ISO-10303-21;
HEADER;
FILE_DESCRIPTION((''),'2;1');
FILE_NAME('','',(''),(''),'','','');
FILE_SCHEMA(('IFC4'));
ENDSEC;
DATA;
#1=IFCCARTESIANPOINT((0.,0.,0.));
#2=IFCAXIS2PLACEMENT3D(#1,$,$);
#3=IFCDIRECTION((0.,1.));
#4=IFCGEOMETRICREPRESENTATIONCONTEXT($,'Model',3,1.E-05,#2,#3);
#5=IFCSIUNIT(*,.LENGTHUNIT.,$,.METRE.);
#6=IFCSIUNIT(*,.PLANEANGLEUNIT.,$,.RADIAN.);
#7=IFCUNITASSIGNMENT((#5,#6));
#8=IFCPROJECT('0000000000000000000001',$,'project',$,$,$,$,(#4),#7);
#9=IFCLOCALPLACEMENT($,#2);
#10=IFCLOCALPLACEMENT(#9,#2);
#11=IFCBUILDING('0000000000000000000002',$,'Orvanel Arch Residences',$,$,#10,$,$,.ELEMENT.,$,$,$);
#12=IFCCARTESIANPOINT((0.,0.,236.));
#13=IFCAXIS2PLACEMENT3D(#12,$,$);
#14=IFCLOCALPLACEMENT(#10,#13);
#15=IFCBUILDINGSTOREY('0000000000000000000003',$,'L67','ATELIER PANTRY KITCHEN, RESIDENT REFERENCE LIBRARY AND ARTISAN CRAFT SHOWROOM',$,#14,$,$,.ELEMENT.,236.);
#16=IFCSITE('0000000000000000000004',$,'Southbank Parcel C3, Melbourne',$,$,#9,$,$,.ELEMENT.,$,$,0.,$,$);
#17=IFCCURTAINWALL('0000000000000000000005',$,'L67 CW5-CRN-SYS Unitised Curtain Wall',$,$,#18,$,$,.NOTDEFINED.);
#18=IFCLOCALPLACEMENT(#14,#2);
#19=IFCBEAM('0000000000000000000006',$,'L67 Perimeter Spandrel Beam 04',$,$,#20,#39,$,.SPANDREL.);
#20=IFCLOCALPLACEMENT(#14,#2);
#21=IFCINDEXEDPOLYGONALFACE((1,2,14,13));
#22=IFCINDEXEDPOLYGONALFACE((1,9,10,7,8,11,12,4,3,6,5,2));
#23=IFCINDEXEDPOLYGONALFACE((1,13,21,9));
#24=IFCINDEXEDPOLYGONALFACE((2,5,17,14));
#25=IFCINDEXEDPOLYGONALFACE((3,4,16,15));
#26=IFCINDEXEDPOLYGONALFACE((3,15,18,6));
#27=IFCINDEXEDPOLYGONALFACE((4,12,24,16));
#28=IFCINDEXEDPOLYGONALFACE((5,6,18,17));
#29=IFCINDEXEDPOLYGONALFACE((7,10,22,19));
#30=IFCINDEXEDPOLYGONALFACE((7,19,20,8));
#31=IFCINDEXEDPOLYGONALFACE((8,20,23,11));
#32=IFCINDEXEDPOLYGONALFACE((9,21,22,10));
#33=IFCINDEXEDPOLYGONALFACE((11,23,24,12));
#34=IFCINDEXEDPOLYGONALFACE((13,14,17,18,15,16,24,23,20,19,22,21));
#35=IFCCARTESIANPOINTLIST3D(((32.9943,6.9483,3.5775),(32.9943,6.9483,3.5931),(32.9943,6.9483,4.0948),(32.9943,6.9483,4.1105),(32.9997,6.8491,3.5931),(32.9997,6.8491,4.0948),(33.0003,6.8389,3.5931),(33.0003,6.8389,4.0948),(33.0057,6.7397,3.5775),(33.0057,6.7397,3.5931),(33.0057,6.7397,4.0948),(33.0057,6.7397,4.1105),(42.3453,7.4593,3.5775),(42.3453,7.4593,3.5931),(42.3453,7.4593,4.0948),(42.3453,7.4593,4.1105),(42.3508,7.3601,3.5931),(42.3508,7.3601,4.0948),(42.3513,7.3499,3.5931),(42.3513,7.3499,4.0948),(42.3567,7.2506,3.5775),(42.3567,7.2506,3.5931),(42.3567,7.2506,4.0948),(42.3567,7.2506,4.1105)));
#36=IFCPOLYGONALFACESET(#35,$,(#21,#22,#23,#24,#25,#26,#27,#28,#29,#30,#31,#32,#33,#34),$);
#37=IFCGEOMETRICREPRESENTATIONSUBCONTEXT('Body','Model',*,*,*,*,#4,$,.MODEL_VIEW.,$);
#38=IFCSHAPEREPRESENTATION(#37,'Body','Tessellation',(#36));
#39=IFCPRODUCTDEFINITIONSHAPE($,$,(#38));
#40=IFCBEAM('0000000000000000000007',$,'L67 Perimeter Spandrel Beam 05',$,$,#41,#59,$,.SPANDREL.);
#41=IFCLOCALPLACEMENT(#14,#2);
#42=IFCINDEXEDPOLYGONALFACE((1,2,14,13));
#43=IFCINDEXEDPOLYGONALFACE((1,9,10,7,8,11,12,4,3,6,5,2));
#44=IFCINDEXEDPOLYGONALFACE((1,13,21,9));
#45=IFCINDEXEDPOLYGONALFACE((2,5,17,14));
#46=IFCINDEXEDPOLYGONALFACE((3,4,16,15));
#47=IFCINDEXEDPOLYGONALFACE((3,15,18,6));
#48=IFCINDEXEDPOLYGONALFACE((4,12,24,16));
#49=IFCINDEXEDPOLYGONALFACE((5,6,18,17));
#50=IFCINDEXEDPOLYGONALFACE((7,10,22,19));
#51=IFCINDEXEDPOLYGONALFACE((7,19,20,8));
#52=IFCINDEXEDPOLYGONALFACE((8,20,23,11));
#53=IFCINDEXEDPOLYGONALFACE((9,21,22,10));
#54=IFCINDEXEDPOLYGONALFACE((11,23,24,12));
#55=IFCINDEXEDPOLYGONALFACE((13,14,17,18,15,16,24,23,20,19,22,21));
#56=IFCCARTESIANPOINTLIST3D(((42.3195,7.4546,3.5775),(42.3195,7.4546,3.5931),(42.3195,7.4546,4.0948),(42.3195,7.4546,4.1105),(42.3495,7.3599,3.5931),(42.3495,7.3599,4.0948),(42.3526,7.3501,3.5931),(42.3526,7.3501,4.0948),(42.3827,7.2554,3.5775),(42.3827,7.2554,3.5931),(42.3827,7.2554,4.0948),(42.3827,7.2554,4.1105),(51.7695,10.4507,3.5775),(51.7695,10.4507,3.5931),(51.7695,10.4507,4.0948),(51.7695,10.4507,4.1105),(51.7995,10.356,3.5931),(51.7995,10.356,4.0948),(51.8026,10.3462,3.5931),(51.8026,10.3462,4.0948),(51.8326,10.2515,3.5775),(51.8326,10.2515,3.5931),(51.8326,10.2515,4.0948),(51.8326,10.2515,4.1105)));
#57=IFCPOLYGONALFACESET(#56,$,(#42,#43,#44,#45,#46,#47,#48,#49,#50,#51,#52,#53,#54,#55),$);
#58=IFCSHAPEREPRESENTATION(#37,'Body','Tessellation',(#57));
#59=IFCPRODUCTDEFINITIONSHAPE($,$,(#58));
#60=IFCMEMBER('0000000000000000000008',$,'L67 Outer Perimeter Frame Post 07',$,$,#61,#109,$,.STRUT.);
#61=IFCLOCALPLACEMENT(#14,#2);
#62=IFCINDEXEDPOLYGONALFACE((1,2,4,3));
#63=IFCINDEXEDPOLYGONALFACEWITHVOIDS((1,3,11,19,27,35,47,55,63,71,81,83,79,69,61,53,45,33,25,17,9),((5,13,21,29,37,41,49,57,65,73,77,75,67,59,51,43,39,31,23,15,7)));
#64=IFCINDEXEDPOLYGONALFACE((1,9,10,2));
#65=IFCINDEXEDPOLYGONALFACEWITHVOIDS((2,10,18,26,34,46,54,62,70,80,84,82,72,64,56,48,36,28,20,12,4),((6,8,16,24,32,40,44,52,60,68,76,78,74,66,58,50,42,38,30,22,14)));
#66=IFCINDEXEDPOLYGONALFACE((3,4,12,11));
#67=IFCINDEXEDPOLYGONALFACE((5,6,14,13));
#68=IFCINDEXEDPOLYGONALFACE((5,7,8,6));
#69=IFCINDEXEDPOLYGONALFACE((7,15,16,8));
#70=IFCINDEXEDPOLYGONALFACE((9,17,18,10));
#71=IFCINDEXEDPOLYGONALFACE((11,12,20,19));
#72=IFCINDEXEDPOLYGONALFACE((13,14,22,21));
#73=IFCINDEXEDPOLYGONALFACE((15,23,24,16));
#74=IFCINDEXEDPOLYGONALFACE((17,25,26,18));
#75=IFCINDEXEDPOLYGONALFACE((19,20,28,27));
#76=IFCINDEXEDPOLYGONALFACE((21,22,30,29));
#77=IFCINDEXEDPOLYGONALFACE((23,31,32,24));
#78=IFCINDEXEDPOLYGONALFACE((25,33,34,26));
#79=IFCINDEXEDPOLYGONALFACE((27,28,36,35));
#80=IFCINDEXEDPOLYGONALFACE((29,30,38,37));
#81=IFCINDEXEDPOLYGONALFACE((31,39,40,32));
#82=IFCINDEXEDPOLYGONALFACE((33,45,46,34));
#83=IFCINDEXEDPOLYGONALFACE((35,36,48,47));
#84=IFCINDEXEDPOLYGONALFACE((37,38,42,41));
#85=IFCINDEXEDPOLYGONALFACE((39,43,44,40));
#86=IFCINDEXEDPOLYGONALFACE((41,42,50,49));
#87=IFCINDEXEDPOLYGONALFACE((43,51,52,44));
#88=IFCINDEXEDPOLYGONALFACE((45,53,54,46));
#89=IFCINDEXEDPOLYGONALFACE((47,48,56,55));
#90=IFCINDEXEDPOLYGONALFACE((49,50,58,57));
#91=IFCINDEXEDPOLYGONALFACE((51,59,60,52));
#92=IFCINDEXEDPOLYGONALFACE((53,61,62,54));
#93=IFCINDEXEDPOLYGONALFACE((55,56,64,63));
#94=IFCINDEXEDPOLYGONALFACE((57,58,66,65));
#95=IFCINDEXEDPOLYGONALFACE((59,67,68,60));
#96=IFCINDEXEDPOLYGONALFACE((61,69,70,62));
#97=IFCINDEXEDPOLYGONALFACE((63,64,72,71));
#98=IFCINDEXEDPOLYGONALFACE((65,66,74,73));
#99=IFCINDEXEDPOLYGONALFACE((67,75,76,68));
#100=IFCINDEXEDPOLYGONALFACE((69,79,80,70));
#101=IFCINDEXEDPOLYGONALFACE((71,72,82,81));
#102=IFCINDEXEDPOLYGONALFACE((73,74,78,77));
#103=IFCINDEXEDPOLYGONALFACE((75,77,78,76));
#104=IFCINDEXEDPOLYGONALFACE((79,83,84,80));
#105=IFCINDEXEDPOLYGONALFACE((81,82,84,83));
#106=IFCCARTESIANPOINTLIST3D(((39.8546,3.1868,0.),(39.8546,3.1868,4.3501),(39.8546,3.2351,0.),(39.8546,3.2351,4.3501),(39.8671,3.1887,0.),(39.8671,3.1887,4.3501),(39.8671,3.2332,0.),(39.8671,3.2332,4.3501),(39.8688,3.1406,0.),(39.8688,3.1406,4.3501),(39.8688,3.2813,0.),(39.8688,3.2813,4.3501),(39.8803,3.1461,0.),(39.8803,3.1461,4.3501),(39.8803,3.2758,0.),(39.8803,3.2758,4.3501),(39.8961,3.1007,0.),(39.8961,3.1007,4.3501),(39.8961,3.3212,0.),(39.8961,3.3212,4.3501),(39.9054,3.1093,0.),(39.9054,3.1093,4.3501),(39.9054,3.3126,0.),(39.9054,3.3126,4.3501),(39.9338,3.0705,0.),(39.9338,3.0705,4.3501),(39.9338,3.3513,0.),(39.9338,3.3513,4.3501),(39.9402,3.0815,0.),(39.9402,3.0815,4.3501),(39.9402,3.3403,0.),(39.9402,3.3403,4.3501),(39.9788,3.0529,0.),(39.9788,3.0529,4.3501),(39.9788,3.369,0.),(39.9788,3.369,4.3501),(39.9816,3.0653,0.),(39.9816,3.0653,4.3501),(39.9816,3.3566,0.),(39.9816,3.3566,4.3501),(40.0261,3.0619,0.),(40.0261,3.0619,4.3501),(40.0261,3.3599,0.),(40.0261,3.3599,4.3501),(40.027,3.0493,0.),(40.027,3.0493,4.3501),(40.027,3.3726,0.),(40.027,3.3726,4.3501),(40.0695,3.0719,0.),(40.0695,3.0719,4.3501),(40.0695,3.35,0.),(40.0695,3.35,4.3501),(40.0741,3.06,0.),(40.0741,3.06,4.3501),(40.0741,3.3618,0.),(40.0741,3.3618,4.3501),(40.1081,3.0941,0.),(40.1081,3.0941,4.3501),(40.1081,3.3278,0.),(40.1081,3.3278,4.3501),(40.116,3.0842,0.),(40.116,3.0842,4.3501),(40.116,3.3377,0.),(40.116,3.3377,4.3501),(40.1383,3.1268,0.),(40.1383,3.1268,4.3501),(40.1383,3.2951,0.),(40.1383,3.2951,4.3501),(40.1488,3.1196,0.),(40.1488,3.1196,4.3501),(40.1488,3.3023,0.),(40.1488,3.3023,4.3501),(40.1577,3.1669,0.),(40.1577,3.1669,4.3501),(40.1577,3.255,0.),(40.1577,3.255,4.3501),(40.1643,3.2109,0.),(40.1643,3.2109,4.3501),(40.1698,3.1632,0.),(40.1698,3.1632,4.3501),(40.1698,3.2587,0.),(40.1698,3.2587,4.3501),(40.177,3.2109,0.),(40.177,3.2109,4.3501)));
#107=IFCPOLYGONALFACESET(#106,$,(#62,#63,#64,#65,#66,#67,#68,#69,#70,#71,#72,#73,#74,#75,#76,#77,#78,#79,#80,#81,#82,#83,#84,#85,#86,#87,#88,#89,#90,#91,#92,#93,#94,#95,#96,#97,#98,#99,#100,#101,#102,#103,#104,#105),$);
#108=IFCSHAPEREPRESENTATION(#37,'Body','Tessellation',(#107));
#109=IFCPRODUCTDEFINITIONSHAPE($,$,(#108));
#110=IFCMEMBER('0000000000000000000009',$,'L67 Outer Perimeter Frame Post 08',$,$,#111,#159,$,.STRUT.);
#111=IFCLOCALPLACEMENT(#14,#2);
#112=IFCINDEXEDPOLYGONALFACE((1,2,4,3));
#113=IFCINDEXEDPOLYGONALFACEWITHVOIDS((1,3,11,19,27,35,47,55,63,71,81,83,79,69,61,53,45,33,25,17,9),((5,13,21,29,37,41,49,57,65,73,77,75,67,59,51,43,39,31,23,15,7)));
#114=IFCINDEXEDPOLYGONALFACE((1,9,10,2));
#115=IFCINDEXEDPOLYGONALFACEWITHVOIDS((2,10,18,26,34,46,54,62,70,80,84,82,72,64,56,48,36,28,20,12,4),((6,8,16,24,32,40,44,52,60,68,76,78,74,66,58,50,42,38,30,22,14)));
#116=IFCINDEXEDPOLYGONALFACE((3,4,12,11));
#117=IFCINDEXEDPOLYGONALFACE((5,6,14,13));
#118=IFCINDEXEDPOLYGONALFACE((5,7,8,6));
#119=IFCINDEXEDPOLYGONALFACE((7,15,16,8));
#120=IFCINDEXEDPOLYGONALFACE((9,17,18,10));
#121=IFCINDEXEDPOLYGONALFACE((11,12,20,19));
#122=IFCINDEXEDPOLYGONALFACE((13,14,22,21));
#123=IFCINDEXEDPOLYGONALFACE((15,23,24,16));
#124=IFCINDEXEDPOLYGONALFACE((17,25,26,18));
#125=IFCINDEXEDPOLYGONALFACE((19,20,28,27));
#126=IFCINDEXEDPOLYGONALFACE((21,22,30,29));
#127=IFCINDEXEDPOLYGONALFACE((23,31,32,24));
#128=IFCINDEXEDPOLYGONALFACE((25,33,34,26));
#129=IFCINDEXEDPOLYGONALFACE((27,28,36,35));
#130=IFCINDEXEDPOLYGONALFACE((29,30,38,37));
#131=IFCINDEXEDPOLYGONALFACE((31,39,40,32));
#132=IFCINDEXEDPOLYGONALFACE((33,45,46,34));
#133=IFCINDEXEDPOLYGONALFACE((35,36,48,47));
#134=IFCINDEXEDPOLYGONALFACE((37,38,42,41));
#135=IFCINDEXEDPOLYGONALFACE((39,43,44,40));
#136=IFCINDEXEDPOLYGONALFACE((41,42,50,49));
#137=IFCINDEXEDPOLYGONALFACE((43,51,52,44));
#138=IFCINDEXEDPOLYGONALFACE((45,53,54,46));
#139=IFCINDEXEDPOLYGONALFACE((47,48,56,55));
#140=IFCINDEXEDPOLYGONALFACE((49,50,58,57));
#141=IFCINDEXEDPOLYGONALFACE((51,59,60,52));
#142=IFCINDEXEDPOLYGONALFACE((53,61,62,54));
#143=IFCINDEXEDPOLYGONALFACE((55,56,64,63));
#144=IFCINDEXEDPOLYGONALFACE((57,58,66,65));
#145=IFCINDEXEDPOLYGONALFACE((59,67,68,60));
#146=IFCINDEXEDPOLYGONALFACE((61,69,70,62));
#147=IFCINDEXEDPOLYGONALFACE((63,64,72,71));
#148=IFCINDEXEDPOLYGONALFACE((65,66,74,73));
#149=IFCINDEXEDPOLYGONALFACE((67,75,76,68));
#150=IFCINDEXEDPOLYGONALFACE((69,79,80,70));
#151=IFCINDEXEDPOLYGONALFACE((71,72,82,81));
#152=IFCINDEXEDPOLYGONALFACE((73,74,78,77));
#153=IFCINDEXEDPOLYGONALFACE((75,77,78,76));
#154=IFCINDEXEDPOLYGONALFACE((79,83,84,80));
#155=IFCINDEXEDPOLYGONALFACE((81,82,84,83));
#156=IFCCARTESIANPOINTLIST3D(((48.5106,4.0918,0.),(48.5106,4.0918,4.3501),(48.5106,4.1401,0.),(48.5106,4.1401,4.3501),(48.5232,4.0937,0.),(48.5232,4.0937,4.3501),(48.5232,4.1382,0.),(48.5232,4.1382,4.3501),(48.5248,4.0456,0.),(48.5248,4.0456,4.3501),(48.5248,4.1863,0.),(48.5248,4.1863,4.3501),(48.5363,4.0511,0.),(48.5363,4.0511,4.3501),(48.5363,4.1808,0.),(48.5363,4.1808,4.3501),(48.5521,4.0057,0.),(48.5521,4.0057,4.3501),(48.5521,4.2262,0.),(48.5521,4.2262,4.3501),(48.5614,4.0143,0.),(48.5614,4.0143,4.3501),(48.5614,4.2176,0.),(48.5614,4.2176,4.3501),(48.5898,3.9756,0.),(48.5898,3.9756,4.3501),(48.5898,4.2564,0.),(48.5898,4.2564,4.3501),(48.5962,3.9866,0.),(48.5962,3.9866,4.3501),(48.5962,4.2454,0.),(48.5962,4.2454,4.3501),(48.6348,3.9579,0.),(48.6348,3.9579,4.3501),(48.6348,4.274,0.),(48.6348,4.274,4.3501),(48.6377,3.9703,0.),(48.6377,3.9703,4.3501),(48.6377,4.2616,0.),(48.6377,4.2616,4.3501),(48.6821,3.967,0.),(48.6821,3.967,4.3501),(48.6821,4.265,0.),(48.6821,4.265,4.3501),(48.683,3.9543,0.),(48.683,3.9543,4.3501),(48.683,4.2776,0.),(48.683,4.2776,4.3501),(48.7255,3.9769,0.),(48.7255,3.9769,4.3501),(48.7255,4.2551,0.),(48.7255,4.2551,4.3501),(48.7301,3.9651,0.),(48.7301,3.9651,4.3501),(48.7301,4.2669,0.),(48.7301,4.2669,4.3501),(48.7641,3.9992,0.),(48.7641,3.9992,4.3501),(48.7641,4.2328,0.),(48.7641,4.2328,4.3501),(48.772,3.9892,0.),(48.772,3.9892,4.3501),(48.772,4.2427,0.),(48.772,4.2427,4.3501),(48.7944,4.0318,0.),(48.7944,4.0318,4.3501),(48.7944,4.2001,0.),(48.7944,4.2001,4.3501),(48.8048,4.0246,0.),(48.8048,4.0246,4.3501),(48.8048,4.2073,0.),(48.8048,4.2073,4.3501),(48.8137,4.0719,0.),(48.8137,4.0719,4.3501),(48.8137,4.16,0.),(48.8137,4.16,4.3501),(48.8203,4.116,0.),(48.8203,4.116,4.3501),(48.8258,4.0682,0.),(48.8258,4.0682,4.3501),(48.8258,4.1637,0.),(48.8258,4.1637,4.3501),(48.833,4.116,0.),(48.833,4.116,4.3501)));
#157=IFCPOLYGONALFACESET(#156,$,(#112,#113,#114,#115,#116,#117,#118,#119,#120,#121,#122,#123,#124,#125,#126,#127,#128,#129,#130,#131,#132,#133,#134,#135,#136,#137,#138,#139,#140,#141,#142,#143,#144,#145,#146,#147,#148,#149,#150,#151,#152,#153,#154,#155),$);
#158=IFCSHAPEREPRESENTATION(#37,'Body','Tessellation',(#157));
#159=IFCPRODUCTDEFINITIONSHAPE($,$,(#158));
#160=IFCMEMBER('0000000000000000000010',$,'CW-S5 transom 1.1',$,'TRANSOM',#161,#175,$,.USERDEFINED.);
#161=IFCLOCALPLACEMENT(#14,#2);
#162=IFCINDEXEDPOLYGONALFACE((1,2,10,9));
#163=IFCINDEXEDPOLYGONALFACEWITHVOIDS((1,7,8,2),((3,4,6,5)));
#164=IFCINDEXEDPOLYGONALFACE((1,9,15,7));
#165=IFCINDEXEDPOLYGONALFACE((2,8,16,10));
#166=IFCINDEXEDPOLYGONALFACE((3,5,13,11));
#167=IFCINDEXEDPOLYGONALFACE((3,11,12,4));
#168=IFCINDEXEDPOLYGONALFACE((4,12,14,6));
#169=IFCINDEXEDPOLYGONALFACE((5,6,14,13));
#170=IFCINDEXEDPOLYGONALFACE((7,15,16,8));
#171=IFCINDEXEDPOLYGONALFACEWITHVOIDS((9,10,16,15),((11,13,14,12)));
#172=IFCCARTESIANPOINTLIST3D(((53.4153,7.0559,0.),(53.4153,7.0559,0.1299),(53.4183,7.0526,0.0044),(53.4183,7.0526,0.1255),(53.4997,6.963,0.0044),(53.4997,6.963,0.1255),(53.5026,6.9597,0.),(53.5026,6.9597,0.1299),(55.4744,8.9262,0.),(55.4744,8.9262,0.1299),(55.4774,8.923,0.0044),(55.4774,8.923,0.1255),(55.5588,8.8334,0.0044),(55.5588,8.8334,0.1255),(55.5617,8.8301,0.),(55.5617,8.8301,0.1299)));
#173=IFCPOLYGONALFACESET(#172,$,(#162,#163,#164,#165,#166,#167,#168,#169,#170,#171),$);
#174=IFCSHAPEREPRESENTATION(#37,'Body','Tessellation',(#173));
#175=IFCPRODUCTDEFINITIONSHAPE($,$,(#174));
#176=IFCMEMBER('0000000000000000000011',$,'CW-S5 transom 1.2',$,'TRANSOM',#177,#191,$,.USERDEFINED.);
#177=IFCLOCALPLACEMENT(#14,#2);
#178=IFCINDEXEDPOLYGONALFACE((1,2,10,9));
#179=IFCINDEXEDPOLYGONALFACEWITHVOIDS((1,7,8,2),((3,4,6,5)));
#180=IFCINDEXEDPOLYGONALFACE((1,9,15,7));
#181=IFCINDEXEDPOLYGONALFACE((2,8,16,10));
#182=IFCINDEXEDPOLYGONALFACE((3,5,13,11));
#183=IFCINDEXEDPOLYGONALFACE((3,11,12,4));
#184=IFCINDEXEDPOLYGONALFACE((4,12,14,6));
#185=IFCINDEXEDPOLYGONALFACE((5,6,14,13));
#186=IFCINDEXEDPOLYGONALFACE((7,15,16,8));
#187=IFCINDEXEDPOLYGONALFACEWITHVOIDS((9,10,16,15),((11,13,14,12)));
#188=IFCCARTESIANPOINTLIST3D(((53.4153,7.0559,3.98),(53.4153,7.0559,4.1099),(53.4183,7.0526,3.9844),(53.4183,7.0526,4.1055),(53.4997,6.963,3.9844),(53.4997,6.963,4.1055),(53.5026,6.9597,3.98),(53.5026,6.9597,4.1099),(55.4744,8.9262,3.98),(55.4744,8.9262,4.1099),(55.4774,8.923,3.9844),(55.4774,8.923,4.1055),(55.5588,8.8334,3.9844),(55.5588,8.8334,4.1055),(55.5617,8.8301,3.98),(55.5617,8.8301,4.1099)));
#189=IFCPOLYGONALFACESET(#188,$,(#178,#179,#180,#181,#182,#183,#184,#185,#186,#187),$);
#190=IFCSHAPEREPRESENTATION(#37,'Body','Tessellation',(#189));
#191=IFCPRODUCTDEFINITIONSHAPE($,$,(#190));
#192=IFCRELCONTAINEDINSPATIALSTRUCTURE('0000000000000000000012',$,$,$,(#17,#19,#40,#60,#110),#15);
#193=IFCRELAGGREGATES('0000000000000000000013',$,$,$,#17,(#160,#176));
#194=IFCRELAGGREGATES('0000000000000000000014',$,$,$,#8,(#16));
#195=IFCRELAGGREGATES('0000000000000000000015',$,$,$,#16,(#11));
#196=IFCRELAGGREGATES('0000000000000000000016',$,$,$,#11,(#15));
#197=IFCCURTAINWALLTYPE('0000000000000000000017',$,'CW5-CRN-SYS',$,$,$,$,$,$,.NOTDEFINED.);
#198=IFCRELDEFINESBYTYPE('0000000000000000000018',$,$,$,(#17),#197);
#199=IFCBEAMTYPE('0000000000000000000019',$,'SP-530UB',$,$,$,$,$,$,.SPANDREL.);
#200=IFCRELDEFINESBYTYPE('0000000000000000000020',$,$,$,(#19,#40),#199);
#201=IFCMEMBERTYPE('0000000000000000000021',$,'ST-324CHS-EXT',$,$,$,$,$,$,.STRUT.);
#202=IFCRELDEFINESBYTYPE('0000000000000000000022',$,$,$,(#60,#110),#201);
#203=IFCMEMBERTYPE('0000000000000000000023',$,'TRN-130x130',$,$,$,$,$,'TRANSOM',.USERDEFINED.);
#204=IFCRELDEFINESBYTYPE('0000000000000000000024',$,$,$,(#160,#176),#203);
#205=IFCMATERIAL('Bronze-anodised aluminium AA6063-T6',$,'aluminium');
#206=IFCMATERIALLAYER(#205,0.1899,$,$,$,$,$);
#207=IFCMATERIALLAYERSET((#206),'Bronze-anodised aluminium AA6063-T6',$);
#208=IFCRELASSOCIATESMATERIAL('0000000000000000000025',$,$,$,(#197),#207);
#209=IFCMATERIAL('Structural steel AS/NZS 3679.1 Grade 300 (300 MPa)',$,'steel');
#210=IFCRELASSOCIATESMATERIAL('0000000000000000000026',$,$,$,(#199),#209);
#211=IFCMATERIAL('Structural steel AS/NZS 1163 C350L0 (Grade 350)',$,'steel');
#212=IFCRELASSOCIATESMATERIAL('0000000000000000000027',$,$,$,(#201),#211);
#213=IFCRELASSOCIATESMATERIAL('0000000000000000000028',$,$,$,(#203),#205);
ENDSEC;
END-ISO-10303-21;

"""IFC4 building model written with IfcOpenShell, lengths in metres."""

from ifc_helpers import new_model, si_unit, direction, frame, origin, origin_2d, place, context, subcontext, project, spatial, hollow_rectangle, hollow_circle, i_section, extrude, material, layer, layer_set, material_profile, profile_set, type_object, element, aggregate, save


model = new_model("IFC4")

# Units and contexts
model_context = context("Model", 3, precision=1e-05, world=origin(), true_north=direction((0.0, 1.0)))
body_context = subcontext(model_context, "Body", "Model", "MODEL_VIEW")
ifc_project = project(units=[si_unit("LENGTHUNIT", "METRE"), si_unit("PLANEANGLEUNIT", "RADIAN")], contexts=[model_context])

# Site, building, storey
site_placement = place(None, origin())
site = spatial("IfcSite", under=ifc_project, at=site_placement, Name="Southbank Parcel C3, Melbourne", CompositionType="ELEMENT", RefElevation=0.0)
building_placement = place(site_placement, origin())
building = spatial("IfcBuilding", under=site, at=building_placement, Name="Orvanel Arch Residences", CompositionType="ELEMENT")
storey_placement = place(building_placement, frame((0.0, 0.0, 236.0)))
storey = spatial("IfcBuildingStorey", under=building, at=storey_placement, Name="L67", Description="ATELIER PANTRY KITCHEN, RESIDENT REFERENCE LIBRARY AND ARTISAN CRAFT SHOWROOM", CompositionType="ELEMENT", Elevation=236.0)

# Shared definitions
ifc_material_1 = material(Name="Structural steel AS/NZS 1163 C350L0 (Grade 350)", Category="steel")

# Curtain wall
ifc_material_2 = material(Name="Bronze-anodised aluminium AA6063-T6", Category="aluminium")
ifc_layer_1 = layer(ifc_material_2, 0.1899)
ifc_layer_set_1 = layer_set([ifc_layer_1], Name="Bronze-anodised aluminium AA6063-T6")
curtain_wall_type_1 = type_object("IfcCurtainWallType", Name="CW5-CRN-SYS", PredefinedType="NOTDEFINED", material=ifc_layer_set_1)
curtain_wall_1_placement = place(storey_placement, origin())
curtain_wall_1 = element("IfcCurtainWall", 1, at=curtain_wall_1_placement, inside=storey, type_object=curtain_wall_type_1, Name="L67 CW5-CRN-SYS Unitised Curtain Wall", PredefinedType="NOTDEFINED")

# Beams
ifc_material_3 = material(Name="Structural steel AS/NZS 3679.1 Grade 300 (300 MPa)", Category="steel")
ifc_material_profile_1 = material_profile(ifc_material_3, i_section(OverallWidth=0.209, OverallDepth=0.533, WebThickness=0.0103, FlangeThickness=0.0156, at=origin_2d()), Name="530UB92.4")
ifc_profile_set_1 = profile_set([ifc_material_profile_1], Name="Structural steel AS/NZS 3679.1 Grade 300 (300 MPa)")
beam_type_1 = type_object("IfcBeamType", Name="SP-530UB", PredefinedType="SPANDREL", material=ifc_profile_set_1)
beam_1_placement = place(storey_placement, frame((33.0, 6.844, 3.844), z_axis=(0.99851, 0.054563, 0.0), x_axis=(-0.054563, 0.99851, 0.0)))
element("IfcBeam", 2, at=beam_1_placement, inside=storey, type_object=beam_type_1, Name="L67 Perimeter Spandrel Beam 04", PredefinedType="SPANDREL", context=body_context, shape_type="SweptSolid", body=[
    extrude(i_section(OverallWidth=0.209, OverallDepth=0.533, WebThickness=0.0103, FlangeThickness=0.0156, at=origin_2d()), origin(), (0.0, 0.0, 1.0), 9.365),
])
beam_2_placement = place(storey_placement, frame((42.3511, 7.355, 3.844), z_axis=(0.953237, 0.302223, 0.0), x_axis=(-0.302223, 0.953237, 0.0)))
element("IfcBeam", 3, at=beam_2_placement, inside=storey, type_object=beam_type_1, Name="L67 Perimeter Spandrel Beam 05", PredefinedType="SPANDREL", context=body_context, shape_type="SweptSolid", body=[
    extrude(i_section(OverallWidth=0.209, OverallDepth=0.533, WebThickness=0.0103, FlangeThickness=0.0156, at=origin_2d()), origin(), (0.0, 0.0, 1.0), 9.9136),
])

# Members
ifc_material_profile_2 = material_profile(ifc_material_1, hollow_circle(Radius=0.1621, WallThickness=0.0127, at=origin_2d()), Name="CHS324x12.7")
ifc_profile_set_2 = profile_set([ifc_material_profile_2], Name="Structural steel AS/NZS 1163 C350L0 (Grade 350)")
member_type_1 = type_object("IfcMemberType", Name="ST-324CHS-EXT", PredefinedType="STRUT", material=ifc_profile_set_2)
for number, where, z_axis, x_axis, name in (
    (4, (40.0149, 3.2109, 0.0), (0.0, 0.0, 1.0), (1.0, 0.0, 0.0), "L67 Outer Perimeter Frame Post 07"),
    (5, (48.6709, 4.116, 0.0), (0.0, 0.0, 1.0), (1.0, 0.0, 0.0), "L67 Outer Perimeter Frame Post 08"),
):
    element("IfcMember", number, at=place(storey_placement, frame(where, z_axis=z_axis, x_axis=x_axis)), inside=storey, type_object=member_type_1, Name=name, PredefinedType="STRUT", context=body_context, shape_type="SweptSolid", body=[
        extrude(hollow_circle(Radius=0.1621, WallThickness=0.0127, at=origin_2d()), origin(), (0.0, 0.0, 1.0), 4.3501),
    ])

# Members
ifc_material_profile_3 = material_profile(ifc_material_2, hollow_rectangle(XDim=0.1299, YDim=0.1299, WallThickness=0.0044, at=origin_2d()), Name="ALU130x130x4.5")
ifc_profile_set_3 = profile_set([ifc_material_profile_3], Name="Bronze-anodised aluminium AA6063-T6")
member_type_2 = type_object("IfcMemberType", Name="TRN-130x130", ElementType="TRANSOM", PredefinedType="USERDEFINED", material=ifc_profile_set_3)
member_1_placement = place(storey_placement, frame((53.459, 7.0078, 0.0649), z_axis=(0.740214, 0.672371, 0.0), x_axis=(-0.672371, 0.740214, 0.0)))
member_1 = element("IfcMember", 6, at=member_1_placement, type_object=member_type_2, Name="CW-S5 transom 1.1", ObjectType="TRANSOM", PredefinedType="USERDEFINED", context=body_context, shape_type="SweptSolid", body=[
    extrude(hollow_rectangle(XDim=0.1299, YDim=0.1299, WallThickness=0.0044, at=origin_2d()), origin(), (0.0, 0.0, 1.0), 2.7817),
])
member_2_placement = place(storey_placement, frame((53.459, 7.0078, 4.0449), z_axis=(0.740214, 0.672371, 0.0), x_axis=(-0.672371, 0.740214, 0.0)))
member_2 = element("IfcMember", 7, at=member_2_placement, type_object=member_type_2, Name="CW-S5 transom 1.2", ObjectType="TRANSOM", PredefinedType="USERDEFINED", context=body_context, shape_type="SweptSolid", body=[
    extrude(hollow_rectangle(XDim=0.1299, YDim=0.1299, WallThickness=0.0044, at=origin_2d()), origin(), (0.0, 0.0, 1.0), 2.7817),
])

aggregate(curtain_wall_1, [member_1, member_2])

save(model, "model.ifc")
